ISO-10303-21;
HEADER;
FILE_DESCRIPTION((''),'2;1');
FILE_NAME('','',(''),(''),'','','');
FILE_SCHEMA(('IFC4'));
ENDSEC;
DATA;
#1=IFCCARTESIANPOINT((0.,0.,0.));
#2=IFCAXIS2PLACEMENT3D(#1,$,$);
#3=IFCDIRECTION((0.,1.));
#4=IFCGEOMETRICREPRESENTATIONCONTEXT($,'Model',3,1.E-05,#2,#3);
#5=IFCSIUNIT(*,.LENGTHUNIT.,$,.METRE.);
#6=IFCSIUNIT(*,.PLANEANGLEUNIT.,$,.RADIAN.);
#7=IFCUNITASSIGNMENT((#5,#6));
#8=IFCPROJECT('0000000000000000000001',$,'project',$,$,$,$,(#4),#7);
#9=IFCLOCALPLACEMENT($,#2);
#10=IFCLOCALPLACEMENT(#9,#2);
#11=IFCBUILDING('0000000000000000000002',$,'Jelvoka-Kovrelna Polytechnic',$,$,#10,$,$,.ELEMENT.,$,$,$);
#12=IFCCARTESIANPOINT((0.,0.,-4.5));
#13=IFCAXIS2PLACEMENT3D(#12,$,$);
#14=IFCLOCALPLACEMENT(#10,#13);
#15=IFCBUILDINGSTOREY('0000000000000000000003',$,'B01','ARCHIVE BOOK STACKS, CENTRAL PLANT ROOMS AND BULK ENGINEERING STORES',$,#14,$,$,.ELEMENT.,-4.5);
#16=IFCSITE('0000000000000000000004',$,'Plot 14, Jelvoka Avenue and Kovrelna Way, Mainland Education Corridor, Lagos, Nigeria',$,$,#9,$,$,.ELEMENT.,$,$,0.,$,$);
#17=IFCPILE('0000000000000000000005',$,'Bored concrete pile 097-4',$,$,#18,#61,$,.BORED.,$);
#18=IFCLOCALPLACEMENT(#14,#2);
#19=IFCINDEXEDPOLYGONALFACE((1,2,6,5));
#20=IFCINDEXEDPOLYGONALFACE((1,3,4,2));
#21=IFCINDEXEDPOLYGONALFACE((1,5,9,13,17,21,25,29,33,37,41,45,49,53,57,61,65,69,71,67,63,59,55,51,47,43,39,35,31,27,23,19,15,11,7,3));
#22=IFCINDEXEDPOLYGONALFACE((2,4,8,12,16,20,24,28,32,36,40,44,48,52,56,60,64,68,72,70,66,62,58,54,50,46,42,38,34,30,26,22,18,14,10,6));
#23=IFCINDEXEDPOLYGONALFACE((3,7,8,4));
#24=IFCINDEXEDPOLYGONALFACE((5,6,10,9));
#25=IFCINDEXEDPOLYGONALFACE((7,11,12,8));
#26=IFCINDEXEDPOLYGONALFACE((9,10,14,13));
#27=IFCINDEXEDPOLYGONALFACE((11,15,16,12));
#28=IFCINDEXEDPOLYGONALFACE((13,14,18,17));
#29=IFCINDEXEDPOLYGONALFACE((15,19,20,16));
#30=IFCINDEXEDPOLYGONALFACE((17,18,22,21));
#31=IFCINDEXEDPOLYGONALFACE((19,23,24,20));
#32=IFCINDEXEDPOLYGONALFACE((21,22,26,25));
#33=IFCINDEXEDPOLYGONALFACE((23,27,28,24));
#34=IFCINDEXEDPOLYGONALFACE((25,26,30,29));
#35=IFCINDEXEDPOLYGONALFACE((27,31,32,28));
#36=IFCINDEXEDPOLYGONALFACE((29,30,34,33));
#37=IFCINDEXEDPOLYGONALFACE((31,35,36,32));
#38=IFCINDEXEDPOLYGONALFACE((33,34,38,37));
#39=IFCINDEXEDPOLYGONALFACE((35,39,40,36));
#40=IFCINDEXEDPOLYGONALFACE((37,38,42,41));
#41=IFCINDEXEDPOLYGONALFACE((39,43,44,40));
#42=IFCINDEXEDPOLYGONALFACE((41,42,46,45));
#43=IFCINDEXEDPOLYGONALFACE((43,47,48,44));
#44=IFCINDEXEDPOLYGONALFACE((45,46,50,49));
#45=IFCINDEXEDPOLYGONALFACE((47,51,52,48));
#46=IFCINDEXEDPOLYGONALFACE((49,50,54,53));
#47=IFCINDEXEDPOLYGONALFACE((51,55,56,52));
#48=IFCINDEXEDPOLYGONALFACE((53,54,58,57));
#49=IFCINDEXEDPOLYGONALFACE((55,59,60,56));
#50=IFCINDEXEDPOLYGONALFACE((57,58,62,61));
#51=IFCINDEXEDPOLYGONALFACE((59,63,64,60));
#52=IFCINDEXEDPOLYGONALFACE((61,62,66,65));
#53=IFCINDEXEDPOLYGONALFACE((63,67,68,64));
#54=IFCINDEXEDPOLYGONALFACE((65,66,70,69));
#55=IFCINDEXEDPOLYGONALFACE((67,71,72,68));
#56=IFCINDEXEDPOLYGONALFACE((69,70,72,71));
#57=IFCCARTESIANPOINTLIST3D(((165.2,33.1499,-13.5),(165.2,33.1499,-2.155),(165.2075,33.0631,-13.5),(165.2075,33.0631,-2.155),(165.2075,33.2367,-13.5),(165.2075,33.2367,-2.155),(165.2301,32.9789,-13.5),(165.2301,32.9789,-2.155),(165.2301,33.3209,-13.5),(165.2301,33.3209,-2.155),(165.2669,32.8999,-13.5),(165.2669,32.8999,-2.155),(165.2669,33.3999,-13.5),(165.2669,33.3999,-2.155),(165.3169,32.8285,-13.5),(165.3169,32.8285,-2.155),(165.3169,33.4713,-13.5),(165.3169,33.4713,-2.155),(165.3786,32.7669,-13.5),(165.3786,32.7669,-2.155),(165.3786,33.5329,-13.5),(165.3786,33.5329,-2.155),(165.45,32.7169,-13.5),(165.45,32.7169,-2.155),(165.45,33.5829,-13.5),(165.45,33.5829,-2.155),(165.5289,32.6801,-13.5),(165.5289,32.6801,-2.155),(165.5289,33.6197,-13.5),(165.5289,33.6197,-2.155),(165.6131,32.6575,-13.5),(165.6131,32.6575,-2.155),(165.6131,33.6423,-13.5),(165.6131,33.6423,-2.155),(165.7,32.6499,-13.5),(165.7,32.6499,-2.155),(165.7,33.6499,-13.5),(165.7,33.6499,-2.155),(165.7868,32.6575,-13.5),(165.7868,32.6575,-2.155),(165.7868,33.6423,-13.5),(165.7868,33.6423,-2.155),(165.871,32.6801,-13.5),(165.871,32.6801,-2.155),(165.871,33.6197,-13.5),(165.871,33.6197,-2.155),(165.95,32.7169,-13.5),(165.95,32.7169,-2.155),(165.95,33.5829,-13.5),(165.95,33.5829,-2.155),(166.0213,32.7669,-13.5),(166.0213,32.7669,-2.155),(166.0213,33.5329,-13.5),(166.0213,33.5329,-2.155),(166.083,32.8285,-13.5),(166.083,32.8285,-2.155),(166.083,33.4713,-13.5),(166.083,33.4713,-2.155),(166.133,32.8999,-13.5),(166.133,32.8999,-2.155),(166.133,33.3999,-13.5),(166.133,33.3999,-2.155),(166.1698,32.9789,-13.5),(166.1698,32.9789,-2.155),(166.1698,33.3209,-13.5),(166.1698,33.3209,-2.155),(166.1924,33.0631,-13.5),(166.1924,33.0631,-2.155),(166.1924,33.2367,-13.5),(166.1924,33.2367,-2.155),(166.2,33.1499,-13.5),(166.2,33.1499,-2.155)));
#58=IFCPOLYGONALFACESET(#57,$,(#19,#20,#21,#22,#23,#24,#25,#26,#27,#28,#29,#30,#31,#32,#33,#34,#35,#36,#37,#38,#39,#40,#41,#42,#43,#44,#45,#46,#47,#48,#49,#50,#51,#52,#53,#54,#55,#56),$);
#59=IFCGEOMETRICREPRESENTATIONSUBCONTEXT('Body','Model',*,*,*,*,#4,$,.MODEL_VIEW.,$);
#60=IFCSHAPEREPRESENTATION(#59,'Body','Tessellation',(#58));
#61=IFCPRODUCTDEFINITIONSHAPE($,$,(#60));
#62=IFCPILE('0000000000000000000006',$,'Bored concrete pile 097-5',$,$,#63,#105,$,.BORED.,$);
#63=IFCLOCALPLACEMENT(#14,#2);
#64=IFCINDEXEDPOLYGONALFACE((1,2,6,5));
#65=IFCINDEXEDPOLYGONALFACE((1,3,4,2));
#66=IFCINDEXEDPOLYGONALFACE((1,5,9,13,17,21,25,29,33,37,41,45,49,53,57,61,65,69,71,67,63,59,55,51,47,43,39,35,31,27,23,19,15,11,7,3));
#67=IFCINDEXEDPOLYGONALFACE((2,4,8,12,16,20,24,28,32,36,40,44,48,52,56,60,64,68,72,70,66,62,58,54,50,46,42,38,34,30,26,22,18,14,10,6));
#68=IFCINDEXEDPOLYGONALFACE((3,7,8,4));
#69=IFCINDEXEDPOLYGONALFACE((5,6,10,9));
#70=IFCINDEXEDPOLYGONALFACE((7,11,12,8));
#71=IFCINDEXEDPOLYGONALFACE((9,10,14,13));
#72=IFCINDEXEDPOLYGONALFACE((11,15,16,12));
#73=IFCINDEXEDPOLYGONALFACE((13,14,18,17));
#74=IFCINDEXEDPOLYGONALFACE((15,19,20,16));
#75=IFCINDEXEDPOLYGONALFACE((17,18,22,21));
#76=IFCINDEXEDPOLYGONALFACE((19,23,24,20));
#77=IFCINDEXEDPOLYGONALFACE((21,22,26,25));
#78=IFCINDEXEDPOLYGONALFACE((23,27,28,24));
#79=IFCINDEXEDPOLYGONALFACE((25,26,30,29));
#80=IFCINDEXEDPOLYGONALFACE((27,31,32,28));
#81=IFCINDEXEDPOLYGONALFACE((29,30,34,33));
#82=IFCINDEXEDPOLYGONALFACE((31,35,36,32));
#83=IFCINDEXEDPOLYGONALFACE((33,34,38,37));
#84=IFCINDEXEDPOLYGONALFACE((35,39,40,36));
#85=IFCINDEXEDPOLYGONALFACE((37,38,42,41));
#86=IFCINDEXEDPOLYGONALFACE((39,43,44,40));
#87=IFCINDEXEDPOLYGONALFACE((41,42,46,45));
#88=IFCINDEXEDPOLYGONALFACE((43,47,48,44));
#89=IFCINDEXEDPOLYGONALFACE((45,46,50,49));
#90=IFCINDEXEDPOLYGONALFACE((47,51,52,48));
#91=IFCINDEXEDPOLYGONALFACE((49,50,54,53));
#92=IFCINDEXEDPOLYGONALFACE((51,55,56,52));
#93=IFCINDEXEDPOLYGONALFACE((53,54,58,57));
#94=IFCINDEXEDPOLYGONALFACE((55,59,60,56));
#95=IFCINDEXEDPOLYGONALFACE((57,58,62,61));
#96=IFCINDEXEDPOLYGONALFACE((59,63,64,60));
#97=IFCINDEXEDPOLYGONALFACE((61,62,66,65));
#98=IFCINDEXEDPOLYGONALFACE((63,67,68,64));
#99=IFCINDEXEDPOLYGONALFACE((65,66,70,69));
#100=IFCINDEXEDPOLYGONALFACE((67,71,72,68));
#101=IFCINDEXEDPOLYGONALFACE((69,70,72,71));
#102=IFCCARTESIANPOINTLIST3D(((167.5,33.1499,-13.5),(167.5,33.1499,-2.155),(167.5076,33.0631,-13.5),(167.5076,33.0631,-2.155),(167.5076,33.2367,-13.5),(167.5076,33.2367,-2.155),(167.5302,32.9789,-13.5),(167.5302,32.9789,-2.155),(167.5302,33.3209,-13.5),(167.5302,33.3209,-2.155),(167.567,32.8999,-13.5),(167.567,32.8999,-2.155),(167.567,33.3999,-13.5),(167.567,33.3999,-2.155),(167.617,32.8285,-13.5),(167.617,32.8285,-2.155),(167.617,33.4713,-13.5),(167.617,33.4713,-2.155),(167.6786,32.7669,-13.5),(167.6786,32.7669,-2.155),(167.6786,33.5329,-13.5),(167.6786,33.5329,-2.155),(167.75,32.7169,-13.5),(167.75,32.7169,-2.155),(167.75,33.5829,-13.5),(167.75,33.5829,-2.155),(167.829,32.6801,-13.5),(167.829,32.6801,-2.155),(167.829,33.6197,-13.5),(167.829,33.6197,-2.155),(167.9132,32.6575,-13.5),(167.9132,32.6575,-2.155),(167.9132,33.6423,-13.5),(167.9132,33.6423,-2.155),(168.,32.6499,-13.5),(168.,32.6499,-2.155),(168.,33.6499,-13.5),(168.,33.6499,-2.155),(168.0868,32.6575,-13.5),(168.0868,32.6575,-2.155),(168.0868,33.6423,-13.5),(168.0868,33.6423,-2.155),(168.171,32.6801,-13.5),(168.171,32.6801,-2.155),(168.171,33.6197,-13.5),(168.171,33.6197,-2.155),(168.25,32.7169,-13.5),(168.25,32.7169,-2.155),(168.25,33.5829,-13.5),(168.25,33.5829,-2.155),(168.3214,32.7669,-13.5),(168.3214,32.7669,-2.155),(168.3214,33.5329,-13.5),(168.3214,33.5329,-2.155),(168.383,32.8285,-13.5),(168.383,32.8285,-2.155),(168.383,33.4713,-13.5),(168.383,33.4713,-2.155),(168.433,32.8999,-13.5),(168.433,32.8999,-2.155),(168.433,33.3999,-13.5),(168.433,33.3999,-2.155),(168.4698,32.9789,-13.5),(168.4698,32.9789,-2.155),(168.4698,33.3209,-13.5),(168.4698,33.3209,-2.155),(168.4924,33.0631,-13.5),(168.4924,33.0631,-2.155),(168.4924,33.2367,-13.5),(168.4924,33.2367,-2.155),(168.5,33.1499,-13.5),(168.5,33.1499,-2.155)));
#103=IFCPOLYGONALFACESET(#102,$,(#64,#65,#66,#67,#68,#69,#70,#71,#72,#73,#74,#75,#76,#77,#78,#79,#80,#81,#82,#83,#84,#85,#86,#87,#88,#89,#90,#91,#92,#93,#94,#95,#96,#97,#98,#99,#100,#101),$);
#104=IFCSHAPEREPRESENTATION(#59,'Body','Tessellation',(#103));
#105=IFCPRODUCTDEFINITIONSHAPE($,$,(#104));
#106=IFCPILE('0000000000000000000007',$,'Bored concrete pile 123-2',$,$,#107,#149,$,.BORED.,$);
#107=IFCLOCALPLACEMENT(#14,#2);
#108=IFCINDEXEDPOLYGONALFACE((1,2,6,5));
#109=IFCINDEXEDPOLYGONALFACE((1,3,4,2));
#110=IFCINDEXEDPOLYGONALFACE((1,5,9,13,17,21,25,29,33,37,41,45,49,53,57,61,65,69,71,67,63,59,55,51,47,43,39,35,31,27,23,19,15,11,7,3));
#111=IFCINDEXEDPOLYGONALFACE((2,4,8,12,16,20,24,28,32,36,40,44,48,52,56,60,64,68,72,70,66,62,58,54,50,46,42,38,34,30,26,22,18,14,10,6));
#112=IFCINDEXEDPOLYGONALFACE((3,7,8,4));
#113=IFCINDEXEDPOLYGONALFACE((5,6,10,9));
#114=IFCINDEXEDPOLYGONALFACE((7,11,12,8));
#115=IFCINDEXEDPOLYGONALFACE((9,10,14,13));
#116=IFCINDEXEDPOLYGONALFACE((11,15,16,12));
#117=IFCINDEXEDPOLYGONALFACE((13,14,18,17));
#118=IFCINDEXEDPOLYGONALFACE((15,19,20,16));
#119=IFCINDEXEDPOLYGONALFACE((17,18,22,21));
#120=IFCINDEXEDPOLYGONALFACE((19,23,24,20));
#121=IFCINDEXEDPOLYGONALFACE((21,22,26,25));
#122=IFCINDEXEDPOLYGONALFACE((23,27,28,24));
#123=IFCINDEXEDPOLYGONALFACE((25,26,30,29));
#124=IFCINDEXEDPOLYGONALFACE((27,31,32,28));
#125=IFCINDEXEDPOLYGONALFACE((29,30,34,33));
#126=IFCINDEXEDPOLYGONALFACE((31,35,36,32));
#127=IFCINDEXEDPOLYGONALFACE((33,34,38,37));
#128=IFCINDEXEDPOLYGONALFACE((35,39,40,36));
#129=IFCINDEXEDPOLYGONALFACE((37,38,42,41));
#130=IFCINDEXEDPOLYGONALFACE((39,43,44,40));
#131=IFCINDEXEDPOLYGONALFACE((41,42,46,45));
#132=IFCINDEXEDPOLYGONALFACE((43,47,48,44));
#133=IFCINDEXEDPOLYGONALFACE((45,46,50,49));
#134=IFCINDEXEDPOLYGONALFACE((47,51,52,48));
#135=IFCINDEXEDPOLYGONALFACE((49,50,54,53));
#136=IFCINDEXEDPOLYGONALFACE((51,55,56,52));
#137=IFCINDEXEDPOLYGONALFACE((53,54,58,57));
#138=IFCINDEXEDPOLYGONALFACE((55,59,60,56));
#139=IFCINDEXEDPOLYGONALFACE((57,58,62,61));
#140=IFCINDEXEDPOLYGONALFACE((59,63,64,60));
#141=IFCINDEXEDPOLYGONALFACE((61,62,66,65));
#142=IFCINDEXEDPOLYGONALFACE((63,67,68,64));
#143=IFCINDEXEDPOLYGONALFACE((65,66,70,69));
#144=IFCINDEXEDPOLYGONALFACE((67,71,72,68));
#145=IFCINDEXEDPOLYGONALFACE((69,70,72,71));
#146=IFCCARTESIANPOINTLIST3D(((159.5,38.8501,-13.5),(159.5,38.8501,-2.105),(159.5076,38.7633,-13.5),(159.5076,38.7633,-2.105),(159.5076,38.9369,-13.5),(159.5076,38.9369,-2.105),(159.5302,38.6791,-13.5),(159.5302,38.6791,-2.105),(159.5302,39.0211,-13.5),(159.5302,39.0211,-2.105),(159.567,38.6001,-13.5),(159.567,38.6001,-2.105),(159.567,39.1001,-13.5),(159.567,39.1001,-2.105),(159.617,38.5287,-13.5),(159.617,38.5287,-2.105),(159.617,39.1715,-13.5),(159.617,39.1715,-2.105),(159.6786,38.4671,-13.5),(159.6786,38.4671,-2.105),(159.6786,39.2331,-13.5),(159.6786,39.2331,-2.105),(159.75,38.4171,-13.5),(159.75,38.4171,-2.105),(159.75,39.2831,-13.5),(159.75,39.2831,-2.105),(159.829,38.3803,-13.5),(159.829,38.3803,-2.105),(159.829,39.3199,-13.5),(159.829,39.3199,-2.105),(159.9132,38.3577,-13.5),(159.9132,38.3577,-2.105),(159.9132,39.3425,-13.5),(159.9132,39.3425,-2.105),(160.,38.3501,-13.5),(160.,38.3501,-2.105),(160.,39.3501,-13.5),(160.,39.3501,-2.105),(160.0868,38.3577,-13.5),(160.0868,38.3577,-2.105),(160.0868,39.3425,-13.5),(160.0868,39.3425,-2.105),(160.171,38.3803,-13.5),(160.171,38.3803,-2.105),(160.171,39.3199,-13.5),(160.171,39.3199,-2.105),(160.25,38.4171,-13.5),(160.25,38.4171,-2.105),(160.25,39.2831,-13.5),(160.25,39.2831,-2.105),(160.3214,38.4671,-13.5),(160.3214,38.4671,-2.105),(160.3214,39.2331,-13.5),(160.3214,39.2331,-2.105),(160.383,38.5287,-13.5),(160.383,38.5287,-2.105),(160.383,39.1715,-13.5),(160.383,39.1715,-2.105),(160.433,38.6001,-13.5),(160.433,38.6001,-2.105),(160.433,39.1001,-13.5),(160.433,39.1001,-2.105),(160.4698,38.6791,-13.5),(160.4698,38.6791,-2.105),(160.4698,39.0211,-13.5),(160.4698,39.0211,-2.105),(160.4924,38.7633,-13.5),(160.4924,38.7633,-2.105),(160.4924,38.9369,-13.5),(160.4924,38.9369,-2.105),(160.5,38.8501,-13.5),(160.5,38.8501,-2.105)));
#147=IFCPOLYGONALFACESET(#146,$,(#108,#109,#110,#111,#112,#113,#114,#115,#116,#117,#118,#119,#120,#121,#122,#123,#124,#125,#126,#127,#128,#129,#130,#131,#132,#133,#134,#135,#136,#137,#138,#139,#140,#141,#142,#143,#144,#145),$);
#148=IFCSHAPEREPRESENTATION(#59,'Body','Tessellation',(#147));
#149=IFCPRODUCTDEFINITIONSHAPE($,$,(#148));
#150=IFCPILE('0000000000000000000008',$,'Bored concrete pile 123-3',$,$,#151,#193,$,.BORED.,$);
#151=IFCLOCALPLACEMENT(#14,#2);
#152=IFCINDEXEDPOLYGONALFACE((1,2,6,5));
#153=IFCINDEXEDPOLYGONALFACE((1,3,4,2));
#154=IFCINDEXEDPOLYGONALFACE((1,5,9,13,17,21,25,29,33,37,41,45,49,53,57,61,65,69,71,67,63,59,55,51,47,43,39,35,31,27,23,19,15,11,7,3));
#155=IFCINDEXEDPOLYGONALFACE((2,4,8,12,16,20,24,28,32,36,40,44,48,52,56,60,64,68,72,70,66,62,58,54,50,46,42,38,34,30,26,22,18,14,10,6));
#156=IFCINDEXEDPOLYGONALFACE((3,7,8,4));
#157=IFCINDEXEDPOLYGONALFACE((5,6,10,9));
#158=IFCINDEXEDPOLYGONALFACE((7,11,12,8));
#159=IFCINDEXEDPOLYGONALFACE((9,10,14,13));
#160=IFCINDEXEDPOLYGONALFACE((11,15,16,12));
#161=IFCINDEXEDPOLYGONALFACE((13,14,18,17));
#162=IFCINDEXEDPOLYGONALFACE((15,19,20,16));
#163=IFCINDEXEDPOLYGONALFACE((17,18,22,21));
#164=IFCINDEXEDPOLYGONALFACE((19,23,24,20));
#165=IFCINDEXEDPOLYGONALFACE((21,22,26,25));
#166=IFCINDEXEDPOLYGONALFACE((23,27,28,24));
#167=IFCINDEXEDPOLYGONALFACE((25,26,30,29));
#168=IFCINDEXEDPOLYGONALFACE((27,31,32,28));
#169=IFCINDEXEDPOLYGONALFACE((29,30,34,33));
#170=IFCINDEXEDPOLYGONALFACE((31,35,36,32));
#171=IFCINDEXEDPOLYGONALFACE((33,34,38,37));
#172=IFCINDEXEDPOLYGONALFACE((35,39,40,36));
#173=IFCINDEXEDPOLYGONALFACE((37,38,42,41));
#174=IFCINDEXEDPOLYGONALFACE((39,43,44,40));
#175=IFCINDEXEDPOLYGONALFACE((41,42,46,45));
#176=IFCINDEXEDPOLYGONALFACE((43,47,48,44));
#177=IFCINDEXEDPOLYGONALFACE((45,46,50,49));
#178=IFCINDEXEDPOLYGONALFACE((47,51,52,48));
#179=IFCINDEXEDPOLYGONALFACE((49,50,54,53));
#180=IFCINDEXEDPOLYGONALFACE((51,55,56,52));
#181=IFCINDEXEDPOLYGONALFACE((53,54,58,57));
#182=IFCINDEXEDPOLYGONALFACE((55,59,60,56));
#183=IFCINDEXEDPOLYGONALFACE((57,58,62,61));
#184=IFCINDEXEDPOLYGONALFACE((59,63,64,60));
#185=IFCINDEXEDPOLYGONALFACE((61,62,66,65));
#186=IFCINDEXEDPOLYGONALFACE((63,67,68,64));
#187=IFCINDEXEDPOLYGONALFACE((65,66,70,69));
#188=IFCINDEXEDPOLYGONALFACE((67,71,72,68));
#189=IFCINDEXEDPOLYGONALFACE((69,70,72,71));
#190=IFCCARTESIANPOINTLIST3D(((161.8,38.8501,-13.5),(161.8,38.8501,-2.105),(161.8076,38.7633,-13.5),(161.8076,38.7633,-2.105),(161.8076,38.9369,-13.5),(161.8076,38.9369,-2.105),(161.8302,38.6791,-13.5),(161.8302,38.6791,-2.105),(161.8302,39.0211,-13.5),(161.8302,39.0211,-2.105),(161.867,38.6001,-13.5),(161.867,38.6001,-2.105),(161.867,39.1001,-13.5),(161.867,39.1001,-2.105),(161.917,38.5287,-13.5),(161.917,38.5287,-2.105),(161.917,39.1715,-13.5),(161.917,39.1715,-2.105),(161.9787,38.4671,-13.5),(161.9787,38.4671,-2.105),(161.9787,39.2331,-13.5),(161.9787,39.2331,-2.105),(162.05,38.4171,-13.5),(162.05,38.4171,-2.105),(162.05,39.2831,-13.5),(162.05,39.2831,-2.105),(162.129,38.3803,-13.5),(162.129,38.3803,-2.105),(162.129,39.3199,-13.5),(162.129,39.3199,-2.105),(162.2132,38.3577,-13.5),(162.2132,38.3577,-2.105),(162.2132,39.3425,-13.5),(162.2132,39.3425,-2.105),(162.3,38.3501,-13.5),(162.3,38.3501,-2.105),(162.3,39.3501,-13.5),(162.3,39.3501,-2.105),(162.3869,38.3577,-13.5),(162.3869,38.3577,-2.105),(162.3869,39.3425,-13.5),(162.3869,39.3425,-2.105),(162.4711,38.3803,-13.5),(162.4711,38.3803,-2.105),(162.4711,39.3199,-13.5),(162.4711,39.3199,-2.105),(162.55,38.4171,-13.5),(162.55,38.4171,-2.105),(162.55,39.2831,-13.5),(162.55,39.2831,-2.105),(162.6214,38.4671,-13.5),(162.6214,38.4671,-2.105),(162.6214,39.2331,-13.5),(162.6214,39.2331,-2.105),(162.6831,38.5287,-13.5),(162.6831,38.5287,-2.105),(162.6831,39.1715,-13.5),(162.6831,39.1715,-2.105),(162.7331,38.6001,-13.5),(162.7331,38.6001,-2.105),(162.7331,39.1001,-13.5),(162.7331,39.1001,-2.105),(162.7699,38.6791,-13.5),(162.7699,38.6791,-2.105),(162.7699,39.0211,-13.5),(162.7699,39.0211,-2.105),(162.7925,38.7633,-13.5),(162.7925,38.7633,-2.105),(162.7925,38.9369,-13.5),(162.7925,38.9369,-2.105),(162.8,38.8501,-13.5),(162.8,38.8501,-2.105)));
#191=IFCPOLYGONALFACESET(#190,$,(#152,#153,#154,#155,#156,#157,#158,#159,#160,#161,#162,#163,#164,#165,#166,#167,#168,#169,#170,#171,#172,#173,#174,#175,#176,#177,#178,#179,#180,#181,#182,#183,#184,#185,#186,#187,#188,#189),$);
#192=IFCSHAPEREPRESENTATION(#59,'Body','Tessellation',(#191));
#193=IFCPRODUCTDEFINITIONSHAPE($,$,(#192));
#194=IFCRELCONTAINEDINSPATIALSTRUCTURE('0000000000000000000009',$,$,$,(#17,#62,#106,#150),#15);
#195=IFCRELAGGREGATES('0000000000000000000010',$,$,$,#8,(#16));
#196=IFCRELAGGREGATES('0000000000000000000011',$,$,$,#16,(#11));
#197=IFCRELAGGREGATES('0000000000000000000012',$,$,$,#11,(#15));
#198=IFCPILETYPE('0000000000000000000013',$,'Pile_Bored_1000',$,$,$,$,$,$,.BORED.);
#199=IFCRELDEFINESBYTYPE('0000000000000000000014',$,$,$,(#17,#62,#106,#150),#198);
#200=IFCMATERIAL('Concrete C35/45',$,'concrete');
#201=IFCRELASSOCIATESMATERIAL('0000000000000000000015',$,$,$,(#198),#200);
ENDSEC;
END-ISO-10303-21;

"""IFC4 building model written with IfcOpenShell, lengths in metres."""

from ifc_helpers import new_model, si_unit, direction, frame, origin, origin_2d, place, context, subcontext, project, spatial, circle, extrude, material, material_profile, profile_set, type_object, element, save


model = new_model("IFC4")

# Units and contexts
model_context = context("Model", 3, precision=1e-05, world=origin(), true_north=direction((0.0, 1.0)))
body_context = subcontext(model_context, "Body", "Model", "MODEL_VIEW")
ifc_project = project(units=[si_unit("LENGTHUNIT", "METRE"), si_unit("PLANEANGLEUNIT", "RADIAN")], contexts=[model_context])

# Site, building, storey
site_placement = place(None, origin())
site = spatial("IfcSite", under=ifc_project, at=site_placement, Name="Plot 14, Jelvoka Avenue and Kovrelna Way, Mainland Education Corridor, Lagos, Nigeria", CompositionType="ELEMENT", RefElevation=0.0)
building_placement = place(site_placement, origin())
building = spatial("IfcBuilding", under=site, at=building_placement, Name="Jelvoka-Kovrelna Polytechnic", CompositionType="ELEMENT")
storey_placement = place(building_placement, frame((0.0, 0.0, -4.5)))
storey = spatial("IfcBuildingStorey", under=building, at=storey_placement, Name="B01", Description="ARCHIVE BOOK STACKS, CENTRAL PLANT ROOMS AND BULK ENGINEERING STORES", CompositionType="ELEMENT", Elevation=-4.5)

# Piles
ifc_material_1 = material(Name="Concrete C35/45", Category="concrete")
ifc_material_profile_1 = material_profile(ifc_material_1, circle(Radius=0.5, at=origin_2d()), Name="PILE D1000")
ifc_profile_set_1 = profile_set([ifc_material_profile_1], Name="Concrete C35/45")
pile_type_1 = type_object("IfcPileType", Name="Pile_Bored_1000", PredefinedType="BORED", material=ifc_profile_set_1)
for number, where, z_axis, x_axis, name in (
    (1, (165.7, 33.1499, -2.155), (0.0, 0.0, -1.0), (1.0, 0.0, 0.0), "Bored concrete pile 097-4"),
    (2, (168.0, 33.1499, -2.155), (0.0, 0.0, -1.0), (1.0, 0.0, 0.0), "Bored concrete pile 097-5"),
):
    element("IfcPile", number, at=place(storey_placement, frame(where, z_axis=z_axis, x_axis=x_axis)), inside=storey, type_object=pile_type_1, Name=name, PredefinedType="BORED", context=body_context, shape_type="SweptSolid", body=[
        extrude(circle(Radius=0.5, at=origin_2d()), origin(), (0.0, 0.0, 1.0), 11.345),
    ])
for number, where, z_axis, x_axis, name in (
    (3, (160.0, 38.8501, -2.105), (0.0, 0.0, -1.0), (1.0, 0.0, 0.0), "Bored concrete pile 123-2"),
    (4, (162.3, 38.8501, -2.105), (0.0, 0.0, -1.0), (1.0, 0.0, 0.0), "Bored concrete pile 123-3"),
):
    element("IfcPile", number, at=place(storey_placement, frame(where, z_axis=z_axis, x_axis=x_axis)), inside=storey, type_object=pile_type_1, Name=name, PredefinedType="BORED", context=body_context, shape_type="SweptSolid", body=[
        extrude(circle(Radius=0.5, at=origin_2d()), origin(), (0.0, 0.0, 1.0), 11.395),
    ])

save(model, "model.ifc")
